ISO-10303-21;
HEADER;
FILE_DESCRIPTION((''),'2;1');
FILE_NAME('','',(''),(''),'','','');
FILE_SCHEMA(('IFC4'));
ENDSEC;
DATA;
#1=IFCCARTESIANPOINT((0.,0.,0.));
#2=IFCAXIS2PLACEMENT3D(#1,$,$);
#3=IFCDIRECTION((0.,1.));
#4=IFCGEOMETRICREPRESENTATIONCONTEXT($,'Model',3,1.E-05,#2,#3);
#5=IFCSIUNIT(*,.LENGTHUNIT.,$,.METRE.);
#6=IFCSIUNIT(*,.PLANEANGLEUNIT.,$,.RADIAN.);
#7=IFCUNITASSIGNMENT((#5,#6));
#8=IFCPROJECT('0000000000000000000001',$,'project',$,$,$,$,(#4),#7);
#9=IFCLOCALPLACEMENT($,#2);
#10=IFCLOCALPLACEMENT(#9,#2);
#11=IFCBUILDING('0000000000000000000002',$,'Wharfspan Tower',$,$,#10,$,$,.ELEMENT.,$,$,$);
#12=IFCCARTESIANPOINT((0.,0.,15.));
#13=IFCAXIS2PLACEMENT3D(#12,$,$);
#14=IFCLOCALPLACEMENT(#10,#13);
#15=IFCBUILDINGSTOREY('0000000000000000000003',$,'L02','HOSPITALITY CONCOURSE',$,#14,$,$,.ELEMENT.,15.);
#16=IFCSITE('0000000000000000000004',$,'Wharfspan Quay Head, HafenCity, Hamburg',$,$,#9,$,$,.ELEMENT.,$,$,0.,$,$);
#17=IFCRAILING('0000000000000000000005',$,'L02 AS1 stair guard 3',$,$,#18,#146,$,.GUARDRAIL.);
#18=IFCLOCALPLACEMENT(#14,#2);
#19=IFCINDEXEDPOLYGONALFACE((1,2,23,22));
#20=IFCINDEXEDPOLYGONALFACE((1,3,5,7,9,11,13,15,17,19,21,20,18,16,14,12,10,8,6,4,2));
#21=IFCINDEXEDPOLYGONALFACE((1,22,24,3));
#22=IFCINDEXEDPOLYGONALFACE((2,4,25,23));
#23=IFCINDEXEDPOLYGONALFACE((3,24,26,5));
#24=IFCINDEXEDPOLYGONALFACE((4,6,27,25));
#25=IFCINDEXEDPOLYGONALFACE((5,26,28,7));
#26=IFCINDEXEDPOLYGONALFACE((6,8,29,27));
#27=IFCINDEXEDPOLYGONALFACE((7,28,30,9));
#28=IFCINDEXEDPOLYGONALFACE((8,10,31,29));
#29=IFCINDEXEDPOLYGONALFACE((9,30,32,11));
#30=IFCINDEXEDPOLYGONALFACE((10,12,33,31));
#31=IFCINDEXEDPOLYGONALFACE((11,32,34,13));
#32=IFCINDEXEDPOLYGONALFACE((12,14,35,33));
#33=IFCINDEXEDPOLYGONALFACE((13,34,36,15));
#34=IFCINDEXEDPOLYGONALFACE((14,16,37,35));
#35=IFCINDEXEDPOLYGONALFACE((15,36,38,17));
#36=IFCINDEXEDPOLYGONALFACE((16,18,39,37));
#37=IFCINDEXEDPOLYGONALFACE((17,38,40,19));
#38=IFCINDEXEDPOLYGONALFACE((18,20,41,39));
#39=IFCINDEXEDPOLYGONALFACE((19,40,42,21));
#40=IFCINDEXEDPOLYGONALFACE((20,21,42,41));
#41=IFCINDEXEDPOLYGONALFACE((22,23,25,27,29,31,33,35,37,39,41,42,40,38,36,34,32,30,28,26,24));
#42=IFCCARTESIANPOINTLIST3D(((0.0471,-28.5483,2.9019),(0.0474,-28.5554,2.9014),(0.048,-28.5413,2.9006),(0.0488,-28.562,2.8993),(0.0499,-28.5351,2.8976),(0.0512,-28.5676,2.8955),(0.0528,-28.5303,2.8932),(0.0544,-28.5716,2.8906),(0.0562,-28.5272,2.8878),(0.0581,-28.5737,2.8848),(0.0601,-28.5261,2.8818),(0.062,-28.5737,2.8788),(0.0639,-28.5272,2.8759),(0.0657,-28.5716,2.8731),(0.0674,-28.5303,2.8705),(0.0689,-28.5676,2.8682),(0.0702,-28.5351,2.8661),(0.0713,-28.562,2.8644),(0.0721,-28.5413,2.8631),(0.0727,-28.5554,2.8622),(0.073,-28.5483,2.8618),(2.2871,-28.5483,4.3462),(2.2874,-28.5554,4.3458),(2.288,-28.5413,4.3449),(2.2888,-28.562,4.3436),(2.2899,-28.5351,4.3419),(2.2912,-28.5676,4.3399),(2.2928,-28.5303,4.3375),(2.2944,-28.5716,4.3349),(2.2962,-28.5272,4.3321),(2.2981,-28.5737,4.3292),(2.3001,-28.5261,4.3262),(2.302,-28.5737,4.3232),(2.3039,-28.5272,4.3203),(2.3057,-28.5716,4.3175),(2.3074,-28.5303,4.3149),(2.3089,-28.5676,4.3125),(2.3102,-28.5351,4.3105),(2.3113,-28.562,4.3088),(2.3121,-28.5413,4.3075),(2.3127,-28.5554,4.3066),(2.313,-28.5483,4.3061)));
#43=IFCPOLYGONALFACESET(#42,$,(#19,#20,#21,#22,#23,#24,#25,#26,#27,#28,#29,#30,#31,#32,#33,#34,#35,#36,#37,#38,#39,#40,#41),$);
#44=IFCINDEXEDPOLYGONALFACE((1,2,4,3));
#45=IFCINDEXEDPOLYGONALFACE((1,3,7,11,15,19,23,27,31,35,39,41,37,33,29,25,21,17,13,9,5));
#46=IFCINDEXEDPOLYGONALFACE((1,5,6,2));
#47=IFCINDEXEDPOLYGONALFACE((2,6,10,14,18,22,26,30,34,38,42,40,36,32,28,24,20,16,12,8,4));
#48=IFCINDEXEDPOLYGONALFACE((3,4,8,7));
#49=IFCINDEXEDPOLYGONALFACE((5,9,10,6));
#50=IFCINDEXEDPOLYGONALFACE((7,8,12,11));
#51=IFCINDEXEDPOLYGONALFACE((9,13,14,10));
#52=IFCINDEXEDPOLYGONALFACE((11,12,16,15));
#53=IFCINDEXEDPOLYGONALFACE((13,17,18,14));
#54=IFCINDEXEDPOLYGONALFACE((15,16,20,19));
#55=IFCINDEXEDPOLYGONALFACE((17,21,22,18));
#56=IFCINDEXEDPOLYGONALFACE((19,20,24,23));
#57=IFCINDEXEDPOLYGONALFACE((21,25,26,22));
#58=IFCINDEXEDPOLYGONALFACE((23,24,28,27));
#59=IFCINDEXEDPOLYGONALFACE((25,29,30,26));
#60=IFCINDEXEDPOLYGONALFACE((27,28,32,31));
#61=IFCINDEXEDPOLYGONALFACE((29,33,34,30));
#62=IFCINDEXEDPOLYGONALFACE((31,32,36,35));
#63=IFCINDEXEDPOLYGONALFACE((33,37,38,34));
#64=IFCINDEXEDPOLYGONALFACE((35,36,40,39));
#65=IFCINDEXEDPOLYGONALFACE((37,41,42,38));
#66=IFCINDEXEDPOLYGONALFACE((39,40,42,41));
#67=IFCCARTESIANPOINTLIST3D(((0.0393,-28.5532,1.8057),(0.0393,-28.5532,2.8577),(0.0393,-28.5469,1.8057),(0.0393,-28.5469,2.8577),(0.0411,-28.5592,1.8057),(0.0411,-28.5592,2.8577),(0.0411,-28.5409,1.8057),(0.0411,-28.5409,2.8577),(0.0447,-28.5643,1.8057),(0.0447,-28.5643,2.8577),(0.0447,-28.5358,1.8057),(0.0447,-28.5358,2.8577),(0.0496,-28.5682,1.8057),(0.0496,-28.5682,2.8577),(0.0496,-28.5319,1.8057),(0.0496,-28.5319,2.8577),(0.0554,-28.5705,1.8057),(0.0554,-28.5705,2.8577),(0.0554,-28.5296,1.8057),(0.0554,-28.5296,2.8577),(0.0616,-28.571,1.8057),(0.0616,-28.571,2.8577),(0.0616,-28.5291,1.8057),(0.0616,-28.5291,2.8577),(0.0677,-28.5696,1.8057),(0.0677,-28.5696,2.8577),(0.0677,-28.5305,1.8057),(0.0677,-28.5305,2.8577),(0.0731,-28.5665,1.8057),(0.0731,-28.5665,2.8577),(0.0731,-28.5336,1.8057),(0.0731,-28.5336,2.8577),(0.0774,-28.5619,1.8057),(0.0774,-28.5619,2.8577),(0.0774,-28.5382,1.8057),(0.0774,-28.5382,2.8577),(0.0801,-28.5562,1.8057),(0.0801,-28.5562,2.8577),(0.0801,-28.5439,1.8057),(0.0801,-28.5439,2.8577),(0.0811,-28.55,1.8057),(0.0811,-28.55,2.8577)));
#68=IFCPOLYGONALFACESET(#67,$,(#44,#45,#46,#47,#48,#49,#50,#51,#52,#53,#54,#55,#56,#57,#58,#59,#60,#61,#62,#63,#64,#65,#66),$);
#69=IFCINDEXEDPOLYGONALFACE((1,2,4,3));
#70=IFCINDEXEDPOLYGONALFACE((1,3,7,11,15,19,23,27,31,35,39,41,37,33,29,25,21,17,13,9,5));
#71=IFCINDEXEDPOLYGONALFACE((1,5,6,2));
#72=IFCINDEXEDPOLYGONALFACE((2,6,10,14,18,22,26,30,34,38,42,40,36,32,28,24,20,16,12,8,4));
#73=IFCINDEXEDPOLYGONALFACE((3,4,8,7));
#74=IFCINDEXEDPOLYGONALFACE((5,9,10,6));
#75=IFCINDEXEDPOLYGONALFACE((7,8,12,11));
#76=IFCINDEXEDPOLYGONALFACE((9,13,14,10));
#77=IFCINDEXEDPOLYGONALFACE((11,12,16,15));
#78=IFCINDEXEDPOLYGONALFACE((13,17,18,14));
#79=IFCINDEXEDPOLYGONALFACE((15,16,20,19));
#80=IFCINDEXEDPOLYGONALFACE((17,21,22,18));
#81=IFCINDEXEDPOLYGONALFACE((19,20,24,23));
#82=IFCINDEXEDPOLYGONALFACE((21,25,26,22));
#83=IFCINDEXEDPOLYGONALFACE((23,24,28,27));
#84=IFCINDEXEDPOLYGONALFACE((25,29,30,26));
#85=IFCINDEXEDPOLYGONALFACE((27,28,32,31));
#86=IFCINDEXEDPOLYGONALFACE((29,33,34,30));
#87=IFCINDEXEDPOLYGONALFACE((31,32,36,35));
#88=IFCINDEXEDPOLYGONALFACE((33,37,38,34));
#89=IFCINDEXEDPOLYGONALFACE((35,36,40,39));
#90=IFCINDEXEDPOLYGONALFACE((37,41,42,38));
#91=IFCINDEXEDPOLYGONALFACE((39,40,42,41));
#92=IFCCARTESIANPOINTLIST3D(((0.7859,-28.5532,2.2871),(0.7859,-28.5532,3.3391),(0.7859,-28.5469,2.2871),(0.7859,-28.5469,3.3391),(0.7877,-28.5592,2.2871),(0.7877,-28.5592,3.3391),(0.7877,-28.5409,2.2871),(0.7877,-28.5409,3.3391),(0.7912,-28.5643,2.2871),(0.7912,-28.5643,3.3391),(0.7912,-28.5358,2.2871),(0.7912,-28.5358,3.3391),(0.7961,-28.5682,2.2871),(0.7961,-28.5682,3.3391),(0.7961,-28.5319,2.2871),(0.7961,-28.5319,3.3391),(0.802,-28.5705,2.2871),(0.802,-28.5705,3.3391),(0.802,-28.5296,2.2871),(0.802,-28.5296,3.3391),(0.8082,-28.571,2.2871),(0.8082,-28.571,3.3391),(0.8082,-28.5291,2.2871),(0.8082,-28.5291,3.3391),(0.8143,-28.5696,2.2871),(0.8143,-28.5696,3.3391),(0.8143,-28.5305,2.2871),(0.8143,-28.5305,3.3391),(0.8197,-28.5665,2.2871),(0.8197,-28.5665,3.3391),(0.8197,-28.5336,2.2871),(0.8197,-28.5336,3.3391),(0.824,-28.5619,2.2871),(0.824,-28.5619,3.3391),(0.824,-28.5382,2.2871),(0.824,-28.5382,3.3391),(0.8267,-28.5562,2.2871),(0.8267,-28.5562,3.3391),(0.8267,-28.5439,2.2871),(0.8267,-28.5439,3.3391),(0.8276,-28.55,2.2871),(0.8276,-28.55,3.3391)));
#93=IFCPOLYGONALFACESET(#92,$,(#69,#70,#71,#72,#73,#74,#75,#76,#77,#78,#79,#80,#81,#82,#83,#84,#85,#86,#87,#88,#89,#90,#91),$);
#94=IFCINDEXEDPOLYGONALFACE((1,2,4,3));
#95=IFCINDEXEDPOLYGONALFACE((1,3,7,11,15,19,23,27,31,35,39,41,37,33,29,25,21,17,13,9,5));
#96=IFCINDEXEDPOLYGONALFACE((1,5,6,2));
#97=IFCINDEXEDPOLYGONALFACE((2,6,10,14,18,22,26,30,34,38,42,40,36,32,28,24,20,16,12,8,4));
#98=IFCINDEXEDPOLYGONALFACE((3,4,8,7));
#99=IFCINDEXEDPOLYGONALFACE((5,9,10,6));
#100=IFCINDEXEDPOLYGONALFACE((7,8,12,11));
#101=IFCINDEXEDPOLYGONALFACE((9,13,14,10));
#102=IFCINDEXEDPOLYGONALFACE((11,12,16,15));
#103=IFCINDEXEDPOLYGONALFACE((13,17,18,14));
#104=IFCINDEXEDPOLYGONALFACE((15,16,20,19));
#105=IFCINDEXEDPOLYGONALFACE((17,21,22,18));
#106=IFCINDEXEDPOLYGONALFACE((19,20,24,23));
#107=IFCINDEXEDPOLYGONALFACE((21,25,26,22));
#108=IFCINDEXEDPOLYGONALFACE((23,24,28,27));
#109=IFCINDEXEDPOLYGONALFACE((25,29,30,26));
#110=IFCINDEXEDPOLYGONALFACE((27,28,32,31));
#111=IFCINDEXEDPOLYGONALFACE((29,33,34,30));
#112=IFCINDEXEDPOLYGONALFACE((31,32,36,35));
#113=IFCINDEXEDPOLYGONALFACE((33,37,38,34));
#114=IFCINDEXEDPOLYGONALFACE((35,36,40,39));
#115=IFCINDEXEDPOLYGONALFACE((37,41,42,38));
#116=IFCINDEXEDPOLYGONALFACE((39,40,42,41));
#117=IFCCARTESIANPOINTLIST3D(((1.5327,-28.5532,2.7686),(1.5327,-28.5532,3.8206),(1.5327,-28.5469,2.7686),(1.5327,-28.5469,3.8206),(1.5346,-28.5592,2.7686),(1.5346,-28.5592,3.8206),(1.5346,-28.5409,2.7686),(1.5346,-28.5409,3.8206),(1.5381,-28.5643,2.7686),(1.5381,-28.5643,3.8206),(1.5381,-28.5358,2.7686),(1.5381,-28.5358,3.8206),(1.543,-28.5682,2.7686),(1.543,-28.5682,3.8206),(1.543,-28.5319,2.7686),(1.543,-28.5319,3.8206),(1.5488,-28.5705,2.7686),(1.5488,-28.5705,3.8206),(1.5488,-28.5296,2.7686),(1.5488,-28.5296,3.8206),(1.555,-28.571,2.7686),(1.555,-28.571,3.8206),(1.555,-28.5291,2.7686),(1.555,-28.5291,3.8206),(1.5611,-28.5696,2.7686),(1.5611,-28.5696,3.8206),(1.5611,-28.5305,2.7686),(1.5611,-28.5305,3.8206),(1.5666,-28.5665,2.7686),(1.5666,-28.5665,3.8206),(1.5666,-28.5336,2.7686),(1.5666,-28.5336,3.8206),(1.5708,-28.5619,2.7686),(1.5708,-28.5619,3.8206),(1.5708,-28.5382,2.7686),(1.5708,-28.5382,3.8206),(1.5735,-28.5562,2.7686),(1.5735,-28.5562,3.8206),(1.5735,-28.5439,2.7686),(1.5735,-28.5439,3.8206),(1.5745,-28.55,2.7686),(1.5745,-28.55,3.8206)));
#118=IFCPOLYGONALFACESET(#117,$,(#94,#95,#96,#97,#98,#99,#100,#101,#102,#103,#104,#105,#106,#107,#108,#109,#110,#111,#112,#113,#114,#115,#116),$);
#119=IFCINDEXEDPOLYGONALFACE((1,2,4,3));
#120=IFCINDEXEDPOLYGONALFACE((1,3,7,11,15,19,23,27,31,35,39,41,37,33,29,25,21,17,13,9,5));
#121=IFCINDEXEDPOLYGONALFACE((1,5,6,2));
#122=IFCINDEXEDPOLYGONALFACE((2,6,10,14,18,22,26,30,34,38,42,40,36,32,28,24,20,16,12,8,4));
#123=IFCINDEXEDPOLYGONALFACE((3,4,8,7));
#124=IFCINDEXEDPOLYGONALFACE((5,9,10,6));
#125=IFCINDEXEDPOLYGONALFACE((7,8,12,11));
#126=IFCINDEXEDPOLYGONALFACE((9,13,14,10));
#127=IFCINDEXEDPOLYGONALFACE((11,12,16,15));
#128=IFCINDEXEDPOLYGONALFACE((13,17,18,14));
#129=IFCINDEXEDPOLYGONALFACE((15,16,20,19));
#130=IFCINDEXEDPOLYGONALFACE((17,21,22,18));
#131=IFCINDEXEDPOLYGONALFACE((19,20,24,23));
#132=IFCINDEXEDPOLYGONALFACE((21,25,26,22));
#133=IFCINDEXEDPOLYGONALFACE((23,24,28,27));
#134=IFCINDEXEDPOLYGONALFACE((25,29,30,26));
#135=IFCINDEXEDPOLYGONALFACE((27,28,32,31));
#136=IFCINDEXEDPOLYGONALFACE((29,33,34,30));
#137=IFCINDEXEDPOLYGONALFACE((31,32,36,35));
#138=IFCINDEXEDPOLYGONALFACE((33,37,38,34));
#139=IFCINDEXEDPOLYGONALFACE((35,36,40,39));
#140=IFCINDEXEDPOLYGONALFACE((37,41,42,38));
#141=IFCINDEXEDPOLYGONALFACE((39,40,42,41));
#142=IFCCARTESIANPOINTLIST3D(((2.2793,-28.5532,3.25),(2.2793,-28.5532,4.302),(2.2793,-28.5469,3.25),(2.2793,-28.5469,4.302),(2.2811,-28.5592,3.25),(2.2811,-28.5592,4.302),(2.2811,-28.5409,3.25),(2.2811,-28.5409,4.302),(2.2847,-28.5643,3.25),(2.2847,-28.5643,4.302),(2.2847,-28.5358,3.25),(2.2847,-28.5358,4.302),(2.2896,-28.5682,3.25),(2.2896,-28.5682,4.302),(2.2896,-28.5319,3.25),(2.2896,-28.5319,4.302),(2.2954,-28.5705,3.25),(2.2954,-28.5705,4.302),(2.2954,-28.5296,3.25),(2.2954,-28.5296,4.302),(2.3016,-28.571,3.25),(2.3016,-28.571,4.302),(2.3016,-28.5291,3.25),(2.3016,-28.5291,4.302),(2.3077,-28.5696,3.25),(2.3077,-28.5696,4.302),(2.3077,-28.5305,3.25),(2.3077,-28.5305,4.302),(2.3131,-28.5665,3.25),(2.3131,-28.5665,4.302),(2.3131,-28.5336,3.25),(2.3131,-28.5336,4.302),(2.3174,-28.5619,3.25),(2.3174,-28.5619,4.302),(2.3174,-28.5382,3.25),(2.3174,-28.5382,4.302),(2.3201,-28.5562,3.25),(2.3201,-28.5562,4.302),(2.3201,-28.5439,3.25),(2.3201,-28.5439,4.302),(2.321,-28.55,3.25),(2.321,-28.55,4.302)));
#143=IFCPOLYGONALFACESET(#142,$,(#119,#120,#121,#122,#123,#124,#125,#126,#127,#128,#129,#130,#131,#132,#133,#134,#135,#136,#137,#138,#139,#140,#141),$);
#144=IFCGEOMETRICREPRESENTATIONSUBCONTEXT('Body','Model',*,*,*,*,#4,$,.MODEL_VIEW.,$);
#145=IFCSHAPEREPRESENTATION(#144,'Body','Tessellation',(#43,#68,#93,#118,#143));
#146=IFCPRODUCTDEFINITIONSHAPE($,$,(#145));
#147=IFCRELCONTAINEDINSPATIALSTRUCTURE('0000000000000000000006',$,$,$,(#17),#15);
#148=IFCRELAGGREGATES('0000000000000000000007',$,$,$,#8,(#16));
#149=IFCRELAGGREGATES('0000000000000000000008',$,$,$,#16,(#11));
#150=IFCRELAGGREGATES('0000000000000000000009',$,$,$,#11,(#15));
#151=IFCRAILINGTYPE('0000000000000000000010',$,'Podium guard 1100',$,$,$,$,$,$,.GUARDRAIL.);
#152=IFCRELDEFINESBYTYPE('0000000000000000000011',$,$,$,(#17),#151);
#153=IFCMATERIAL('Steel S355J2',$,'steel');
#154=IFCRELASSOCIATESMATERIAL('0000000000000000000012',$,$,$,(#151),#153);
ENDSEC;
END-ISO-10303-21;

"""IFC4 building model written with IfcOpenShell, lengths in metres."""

from ifc_helpers import new_model, si_unit, direction, frame, origin, origin_2d, place, context, subcontext, project, spatial, circle, extrude, material, type_object, element, save


model = new_model("IFC4")

# Units and contexts
model_context = context("Model", 3, precision=1e-05, world=origin(), true_north=direction((0.0, 1.0)))
body_context = subcontext(model_context, "Body", "Model", "MODEL_VIEW")
ifc_project = project(units=[si_unit("LENGTHUNIT", "METRE"), si_unit("PLANEANGLEUNIT", "RADIAN")], contexts=[model_context])

# Site, building, storey
site_placement = place(None, origin())
site = spatial("IfcSite", under=ifc_project, at=site_placement, Name="Wharfspan Quay Head, HafenCity, Hamburg", CompositionType="ELEMENT", RefElevation=0.0)
building_placement = place(site_placement, origin())
building = spatial("IfcBuilding", under=site, at=building_placement, Name="Wharfspan Tower", CompositionType="ELEMENT")
storey_placement = place(building_placement, frame((0.0, 0.0, 15.0)))
storey = spatial("IfcBuildingStorey", under=building, at=storey_placement, Name="L02", Description="HOSPITALITY CONCOURSE", CompositionType="ELEMENT", Elevation=15.0)

# Railing
ifc_material_1 = material(Name="Steel S355J2", Category="steel")
railing_type_1 = type_object("IfcRailingType", Name="Podium guard 1100", PredefinedType="GUARDRAIL", material=ifc_material_1)
railing_1_placement = place(storey_placement, frame((0.0601, -28.55, 1.8057)))
element("IfcRailing", 1, at=railing_1_placement, inside=storey, type_object=railing_type_1, Name="L02 AS1 stair guard 3", PredefinedType="GUARDRAIL", context=body_context, shape_type="SweptSolid", body=[
    extrude(circle(Radius=0.0239, at=origin_2d()), frame((0.0, 0.0, 1.0762), z_axis=(0.840437, 0.0, 0.54191), x_axis=(0.0, 1.0, 0.0)), (0.0, 0.0, 1.0), 2.6653),
    extrude(circle(Radius=0.021, at=origin_2d()), origin(), (0.0, 0.0, 1.0), 1.052),
    extrude(circle(Radius=0.021, at=origin_2d()), frame((0.7466, 0.0, 0.4814)), (0.0, 0.0, 1.0), 1.052),
    extrude(circle(Radius=0.021, at=origin_2d()), frame((1.4934, 0.0, 0.9629)), (0.0, 0.0, 1.0), 1.052),
    extrude(circle(Radius=0.021, at=origin_2d()), frame((2.24, 0.0, 1.4443)), (0.0, 0.0, 1.0), 1.052),
])

save(model, "model.ifc")
